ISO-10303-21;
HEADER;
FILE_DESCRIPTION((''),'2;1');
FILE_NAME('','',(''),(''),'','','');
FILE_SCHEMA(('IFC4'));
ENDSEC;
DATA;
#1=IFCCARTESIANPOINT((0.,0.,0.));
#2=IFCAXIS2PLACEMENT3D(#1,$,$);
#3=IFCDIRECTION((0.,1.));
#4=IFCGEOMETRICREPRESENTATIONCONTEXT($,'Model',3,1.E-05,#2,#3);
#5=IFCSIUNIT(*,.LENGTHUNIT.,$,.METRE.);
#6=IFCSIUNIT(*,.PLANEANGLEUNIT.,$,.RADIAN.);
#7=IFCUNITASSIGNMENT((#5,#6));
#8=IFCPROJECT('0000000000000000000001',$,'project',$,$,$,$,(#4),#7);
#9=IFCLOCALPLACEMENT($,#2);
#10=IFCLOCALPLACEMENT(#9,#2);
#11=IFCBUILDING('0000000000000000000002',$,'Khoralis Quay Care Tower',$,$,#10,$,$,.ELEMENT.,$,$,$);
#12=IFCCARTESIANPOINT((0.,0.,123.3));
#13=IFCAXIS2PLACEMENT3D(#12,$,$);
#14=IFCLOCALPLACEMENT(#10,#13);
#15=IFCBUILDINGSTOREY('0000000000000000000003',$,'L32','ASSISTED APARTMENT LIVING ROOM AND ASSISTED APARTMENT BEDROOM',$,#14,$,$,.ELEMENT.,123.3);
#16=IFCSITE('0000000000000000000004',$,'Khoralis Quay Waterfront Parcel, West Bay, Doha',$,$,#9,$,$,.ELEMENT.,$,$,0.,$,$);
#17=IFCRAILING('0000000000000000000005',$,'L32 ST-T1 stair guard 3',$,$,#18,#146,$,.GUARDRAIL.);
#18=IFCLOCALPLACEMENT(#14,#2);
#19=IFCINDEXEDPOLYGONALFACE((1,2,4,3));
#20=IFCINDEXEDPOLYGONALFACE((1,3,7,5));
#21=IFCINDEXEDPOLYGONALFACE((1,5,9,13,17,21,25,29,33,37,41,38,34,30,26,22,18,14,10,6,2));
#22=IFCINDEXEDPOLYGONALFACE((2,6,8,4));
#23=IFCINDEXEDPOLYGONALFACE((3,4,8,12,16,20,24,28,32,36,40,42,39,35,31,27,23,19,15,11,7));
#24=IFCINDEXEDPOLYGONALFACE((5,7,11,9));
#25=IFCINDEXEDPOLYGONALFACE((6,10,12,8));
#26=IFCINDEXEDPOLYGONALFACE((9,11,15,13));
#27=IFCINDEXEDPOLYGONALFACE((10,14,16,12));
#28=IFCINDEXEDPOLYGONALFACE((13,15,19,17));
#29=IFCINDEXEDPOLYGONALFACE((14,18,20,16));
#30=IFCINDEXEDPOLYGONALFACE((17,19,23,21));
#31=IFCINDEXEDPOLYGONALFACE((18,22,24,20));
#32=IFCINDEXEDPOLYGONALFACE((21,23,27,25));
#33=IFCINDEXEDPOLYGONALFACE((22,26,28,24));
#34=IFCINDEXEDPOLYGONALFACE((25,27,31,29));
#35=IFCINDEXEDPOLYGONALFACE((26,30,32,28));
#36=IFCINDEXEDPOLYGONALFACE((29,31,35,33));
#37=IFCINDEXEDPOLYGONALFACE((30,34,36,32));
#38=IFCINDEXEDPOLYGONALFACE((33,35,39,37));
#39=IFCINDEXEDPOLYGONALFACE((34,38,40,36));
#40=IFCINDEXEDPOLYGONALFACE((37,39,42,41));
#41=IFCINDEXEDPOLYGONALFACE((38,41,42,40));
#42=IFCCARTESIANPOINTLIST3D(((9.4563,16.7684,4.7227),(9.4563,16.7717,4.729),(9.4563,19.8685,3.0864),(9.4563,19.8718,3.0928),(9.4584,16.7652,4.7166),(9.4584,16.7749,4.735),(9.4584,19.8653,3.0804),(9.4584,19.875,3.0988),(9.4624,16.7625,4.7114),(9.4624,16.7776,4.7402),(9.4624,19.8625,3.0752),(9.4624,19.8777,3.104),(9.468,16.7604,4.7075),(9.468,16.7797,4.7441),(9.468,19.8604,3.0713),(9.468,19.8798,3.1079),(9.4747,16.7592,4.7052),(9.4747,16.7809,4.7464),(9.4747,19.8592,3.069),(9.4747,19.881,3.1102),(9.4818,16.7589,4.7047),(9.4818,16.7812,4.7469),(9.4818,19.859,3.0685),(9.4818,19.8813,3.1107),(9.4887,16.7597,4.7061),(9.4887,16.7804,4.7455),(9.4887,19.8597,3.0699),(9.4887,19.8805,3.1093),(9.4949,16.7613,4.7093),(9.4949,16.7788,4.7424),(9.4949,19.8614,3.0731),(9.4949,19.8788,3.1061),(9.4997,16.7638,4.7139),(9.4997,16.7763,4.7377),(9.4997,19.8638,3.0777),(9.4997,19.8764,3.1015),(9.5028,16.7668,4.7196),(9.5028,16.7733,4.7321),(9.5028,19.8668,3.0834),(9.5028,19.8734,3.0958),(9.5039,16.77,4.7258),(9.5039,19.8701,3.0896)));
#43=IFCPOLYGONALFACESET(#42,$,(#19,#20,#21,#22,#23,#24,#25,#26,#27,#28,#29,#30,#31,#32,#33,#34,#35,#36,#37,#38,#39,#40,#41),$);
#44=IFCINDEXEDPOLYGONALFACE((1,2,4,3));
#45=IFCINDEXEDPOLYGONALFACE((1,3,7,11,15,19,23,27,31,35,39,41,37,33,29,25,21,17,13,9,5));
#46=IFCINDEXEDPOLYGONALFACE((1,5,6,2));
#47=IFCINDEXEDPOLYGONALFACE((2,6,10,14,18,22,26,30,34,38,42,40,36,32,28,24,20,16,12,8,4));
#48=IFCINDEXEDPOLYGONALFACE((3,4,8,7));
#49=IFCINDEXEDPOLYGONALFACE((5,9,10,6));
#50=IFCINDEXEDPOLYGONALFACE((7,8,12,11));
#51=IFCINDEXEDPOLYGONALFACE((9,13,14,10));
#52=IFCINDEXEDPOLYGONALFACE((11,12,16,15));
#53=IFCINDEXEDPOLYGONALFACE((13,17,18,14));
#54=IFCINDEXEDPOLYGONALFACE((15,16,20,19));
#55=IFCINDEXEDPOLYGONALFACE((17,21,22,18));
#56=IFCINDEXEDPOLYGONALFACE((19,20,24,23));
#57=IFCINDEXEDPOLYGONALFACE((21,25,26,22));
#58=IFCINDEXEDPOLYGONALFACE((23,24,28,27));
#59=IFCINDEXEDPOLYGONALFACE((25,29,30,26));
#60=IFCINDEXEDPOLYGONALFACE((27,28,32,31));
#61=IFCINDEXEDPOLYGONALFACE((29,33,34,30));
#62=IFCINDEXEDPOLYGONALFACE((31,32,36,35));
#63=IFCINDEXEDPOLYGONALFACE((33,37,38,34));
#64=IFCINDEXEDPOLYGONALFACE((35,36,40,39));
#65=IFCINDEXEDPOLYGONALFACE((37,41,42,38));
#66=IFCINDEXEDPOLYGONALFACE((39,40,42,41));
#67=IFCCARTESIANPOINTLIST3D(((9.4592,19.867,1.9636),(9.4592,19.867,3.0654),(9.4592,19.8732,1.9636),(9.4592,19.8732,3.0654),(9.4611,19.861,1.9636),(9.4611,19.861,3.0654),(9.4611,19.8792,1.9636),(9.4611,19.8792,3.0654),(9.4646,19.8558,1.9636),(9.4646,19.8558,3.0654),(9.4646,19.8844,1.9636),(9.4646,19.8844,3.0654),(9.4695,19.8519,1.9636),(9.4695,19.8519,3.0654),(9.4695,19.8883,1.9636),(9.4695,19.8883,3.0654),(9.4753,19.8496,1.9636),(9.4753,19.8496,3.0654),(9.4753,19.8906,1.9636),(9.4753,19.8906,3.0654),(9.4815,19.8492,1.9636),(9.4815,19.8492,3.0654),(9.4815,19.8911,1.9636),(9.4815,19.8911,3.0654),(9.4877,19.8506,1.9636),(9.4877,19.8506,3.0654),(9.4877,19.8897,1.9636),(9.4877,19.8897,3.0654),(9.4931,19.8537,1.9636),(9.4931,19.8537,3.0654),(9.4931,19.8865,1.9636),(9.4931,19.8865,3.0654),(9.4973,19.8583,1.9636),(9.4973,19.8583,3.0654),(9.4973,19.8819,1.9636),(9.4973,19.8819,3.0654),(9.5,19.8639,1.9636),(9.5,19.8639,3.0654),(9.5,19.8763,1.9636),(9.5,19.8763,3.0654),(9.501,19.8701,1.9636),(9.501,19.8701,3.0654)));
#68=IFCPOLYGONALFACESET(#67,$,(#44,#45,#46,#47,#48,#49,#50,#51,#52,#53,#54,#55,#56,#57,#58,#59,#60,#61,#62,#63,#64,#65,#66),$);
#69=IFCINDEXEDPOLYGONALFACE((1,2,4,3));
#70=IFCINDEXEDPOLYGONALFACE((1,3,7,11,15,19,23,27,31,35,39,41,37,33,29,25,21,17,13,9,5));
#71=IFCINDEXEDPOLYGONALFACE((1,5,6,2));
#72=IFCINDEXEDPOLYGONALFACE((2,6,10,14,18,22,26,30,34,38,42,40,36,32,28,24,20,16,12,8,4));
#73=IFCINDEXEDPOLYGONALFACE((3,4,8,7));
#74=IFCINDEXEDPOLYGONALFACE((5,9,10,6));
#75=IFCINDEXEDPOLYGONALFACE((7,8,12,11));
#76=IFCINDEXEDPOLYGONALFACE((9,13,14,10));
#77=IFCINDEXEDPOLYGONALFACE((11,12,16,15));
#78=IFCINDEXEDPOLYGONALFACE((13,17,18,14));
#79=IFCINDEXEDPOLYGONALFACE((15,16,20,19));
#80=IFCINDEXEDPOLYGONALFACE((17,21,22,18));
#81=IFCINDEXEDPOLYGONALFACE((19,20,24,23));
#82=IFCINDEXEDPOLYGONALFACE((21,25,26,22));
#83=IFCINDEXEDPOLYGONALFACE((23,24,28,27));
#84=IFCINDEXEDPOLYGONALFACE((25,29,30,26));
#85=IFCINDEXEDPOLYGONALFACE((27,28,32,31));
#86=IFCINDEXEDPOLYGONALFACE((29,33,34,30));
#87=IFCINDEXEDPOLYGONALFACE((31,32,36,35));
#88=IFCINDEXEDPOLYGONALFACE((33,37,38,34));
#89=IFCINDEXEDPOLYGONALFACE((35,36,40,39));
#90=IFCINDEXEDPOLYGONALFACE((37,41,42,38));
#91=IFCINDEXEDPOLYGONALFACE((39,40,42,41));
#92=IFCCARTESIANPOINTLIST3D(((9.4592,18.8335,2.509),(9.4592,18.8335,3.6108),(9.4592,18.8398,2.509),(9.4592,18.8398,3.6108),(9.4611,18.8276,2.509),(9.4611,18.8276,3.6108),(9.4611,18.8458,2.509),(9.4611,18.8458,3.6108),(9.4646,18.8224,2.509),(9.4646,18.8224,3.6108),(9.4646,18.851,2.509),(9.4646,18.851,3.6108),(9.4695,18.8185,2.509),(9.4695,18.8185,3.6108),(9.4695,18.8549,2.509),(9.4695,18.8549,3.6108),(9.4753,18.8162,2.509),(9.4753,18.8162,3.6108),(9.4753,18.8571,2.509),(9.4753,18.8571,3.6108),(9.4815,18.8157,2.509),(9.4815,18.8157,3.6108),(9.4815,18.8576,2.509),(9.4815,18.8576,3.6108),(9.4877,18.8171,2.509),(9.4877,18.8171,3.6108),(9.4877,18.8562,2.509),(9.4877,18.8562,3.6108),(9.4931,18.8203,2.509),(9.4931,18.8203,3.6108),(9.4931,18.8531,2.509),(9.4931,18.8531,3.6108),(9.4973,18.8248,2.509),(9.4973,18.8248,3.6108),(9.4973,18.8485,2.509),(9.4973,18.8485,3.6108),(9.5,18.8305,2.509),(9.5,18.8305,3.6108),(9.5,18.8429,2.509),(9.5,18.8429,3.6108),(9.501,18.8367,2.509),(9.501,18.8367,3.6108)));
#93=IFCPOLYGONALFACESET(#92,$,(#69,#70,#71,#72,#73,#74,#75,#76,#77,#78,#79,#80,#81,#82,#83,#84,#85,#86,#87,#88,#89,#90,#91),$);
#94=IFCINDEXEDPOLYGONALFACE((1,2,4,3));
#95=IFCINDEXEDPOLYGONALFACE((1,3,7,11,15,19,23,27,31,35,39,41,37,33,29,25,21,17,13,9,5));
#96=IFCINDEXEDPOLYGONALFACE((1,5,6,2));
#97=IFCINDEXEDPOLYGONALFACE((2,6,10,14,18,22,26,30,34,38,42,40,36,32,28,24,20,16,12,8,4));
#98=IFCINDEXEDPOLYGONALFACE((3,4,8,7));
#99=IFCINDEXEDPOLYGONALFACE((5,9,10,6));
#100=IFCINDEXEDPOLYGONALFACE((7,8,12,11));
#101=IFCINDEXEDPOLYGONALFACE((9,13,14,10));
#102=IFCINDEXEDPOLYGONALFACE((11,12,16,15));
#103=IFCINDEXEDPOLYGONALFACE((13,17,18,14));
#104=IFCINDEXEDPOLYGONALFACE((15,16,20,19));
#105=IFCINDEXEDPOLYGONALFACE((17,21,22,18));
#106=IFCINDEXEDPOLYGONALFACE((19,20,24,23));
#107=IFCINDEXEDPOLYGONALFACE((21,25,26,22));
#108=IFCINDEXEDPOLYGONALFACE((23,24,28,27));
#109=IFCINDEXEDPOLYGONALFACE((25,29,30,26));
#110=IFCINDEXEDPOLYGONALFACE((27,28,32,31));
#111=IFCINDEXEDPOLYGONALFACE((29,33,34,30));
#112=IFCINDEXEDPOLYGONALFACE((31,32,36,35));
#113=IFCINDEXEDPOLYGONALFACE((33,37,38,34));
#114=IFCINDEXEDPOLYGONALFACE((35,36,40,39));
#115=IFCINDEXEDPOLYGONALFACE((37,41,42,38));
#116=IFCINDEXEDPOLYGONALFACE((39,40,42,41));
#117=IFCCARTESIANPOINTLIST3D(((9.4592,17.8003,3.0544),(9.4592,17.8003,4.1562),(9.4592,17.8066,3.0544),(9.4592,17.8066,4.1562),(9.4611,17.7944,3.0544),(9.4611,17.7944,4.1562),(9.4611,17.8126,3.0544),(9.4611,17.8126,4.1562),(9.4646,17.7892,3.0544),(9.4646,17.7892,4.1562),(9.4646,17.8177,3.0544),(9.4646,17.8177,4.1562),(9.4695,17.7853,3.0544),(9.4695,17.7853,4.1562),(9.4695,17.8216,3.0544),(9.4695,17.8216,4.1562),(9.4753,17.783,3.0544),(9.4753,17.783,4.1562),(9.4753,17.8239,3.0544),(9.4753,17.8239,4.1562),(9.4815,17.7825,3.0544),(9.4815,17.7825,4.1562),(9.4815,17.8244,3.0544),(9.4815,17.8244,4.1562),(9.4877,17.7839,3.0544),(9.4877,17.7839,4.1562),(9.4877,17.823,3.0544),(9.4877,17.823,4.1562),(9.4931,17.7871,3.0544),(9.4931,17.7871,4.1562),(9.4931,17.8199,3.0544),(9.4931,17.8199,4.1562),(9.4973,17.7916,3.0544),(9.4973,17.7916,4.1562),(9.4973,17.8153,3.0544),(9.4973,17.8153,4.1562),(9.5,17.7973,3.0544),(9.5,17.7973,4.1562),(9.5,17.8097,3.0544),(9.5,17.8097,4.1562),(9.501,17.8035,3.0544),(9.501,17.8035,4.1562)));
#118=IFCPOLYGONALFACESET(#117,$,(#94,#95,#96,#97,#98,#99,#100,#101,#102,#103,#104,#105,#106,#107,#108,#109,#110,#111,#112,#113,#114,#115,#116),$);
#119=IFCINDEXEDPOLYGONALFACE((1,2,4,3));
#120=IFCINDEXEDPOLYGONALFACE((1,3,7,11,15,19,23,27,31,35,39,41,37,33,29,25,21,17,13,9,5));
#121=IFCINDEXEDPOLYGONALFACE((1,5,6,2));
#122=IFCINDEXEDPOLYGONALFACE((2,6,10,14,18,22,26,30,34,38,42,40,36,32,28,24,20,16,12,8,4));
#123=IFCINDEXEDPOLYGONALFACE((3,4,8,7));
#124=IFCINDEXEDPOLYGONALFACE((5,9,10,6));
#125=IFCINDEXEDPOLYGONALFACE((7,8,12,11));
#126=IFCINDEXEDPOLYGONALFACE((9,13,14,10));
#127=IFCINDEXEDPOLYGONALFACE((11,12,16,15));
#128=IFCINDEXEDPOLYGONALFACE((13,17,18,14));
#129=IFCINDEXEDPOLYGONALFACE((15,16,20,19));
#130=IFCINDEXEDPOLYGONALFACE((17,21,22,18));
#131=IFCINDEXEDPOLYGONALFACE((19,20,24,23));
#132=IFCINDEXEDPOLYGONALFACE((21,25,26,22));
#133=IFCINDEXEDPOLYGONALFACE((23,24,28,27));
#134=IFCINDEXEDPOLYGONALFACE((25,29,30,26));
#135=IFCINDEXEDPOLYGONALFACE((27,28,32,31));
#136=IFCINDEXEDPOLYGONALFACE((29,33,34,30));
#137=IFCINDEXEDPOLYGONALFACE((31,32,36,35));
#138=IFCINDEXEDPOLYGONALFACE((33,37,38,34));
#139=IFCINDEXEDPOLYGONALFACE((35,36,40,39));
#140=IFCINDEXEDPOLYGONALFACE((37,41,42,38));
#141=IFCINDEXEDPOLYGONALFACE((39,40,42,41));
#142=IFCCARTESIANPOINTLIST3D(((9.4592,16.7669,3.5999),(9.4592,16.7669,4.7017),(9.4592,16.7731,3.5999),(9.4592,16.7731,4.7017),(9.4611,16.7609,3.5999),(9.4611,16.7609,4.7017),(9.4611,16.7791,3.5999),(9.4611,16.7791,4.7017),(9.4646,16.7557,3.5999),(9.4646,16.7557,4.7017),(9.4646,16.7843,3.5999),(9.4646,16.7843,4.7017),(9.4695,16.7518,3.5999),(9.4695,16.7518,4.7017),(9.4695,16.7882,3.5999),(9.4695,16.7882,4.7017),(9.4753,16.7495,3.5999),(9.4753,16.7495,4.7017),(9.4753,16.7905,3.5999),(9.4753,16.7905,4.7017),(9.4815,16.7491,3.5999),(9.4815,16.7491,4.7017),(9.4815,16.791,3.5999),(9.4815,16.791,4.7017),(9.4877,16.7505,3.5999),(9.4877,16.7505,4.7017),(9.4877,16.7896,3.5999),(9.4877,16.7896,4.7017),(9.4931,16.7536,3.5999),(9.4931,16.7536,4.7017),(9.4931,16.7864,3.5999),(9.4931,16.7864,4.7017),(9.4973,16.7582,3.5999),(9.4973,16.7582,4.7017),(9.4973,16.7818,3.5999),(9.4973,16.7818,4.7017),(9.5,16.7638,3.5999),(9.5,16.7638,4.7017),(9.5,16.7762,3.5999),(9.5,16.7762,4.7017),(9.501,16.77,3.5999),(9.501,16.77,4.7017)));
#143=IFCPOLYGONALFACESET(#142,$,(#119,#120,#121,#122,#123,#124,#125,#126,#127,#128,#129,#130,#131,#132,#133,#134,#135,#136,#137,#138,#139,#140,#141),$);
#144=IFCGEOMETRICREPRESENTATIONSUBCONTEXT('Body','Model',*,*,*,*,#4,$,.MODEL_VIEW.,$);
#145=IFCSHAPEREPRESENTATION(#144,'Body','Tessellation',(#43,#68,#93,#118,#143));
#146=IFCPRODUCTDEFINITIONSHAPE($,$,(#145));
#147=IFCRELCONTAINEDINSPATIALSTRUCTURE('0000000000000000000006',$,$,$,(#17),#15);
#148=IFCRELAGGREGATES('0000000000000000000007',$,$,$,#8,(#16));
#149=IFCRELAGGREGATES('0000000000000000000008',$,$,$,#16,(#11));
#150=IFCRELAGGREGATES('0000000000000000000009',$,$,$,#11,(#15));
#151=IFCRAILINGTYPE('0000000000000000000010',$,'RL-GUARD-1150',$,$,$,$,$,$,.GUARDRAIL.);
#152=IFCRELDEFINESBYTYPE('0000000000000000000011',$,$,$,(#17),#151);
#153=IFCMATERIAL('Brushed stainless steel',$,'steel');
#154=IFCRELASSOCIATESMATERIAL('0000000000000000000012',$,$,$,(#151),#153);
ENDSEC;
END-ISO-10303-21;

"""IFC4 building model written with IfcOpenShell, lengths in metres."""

from ifc_helpers import new_model, si_unit, direction, frame, origin, origin_2d, place, context, subcontext, project, spatial, circle, extrude, material, type_object, element, save


model = new_model("IFC4")

# Units and contexts
model_context = context("Model", 3, precision=1e-05, world=origin(), true_north=direction((0.0, 1.0)))
body_context = subcontext(model_context, "Body", "Model", "MODEL_VIEW")
ifc_project = project(units=[si_unit("LENGTHUNIT", "METRE"), si_unit("PLANEANGLEUNIT", "RADIAN")], contexts=[model_context])

# Site, building, storey
site_placement = place(None, origin())
site = spatial("IfcSite", under=ifc_project, at=site_placement, Name="Khoralis Quay Waterfront Parcel, West Bay, Doha", CompositionType="ELEMENT", RefElevation=0.0)
building_placement = place(site_placement, origin())
building = spatial("IfcBuilding", under=site, at=building_placement, Name="Khoralis Quay Care Tower", CompositionType="ELEMENT")
storey_placement = place(building_placement, frame((0.0, 0.0, 123.3)))
storey = spatial("IfcBuildingStorey", under=building, at=storey_placement, Name="L32", Description="ASSISTED APARTMENT LIVING ROOM AND ASSISTED APARTMENT BEDROOM", CompositionType="ELEMENT", Elevation=123.3)

# Shared definitions
ifc_material_1 = material(Name="Brushed stainless steel", Category="steel")

# Railing
railing_type_1 = type_object("IfcRailingType", Name="RL-GUARD-1150", PredefinedType="GUARDRAIL", material=ifc_material_1)
railing_1_placement = place(storey_placement, frame((9.48, 19.8701, 1.9636)))
element("IfcRailing", 1, at=railing_1_placement, inside=storey, type_object=railing_type_1, Name="L32 ST-T1 stair guard 3", PredefinedType="GUARDRAIL", context=body_context, shape_type="SweptSolid", body=[
    extrude(circle(Radius=0.0239, at=origin_2d()), frame((0.0, 0.0, 1.126), z_axis=(0.0, -0.884377, 0.466774), x_axis=(1.0, 0.0, 0.0)), (0.0, 0.0, 1.0), 3.5054),
    extrude(circle(Radius=0.021, at=origin_2d()), origin(), (0.0, 0.0, 1.0), 1.1018),
    extrude(circle(Radius=0.021, at=origin_2d()), frame((0.0, -1.0334, 0.5454)), (0.0, 0.0, 1.0), 1.1018),
    extrude(circle(Radius=0.021, at=origin_2d()), frame((0.0, -2.0667, 1.0908)), (0.0, 0.0, 1.0), 1.1018),
    extrude(circle(Radius=0.021, at=origin_2d()), frame((0.0, -3.1001, 1.6362)), (0.0, 0.0, 1.0), 1.1018),
])

save(model, "model.ifc")
